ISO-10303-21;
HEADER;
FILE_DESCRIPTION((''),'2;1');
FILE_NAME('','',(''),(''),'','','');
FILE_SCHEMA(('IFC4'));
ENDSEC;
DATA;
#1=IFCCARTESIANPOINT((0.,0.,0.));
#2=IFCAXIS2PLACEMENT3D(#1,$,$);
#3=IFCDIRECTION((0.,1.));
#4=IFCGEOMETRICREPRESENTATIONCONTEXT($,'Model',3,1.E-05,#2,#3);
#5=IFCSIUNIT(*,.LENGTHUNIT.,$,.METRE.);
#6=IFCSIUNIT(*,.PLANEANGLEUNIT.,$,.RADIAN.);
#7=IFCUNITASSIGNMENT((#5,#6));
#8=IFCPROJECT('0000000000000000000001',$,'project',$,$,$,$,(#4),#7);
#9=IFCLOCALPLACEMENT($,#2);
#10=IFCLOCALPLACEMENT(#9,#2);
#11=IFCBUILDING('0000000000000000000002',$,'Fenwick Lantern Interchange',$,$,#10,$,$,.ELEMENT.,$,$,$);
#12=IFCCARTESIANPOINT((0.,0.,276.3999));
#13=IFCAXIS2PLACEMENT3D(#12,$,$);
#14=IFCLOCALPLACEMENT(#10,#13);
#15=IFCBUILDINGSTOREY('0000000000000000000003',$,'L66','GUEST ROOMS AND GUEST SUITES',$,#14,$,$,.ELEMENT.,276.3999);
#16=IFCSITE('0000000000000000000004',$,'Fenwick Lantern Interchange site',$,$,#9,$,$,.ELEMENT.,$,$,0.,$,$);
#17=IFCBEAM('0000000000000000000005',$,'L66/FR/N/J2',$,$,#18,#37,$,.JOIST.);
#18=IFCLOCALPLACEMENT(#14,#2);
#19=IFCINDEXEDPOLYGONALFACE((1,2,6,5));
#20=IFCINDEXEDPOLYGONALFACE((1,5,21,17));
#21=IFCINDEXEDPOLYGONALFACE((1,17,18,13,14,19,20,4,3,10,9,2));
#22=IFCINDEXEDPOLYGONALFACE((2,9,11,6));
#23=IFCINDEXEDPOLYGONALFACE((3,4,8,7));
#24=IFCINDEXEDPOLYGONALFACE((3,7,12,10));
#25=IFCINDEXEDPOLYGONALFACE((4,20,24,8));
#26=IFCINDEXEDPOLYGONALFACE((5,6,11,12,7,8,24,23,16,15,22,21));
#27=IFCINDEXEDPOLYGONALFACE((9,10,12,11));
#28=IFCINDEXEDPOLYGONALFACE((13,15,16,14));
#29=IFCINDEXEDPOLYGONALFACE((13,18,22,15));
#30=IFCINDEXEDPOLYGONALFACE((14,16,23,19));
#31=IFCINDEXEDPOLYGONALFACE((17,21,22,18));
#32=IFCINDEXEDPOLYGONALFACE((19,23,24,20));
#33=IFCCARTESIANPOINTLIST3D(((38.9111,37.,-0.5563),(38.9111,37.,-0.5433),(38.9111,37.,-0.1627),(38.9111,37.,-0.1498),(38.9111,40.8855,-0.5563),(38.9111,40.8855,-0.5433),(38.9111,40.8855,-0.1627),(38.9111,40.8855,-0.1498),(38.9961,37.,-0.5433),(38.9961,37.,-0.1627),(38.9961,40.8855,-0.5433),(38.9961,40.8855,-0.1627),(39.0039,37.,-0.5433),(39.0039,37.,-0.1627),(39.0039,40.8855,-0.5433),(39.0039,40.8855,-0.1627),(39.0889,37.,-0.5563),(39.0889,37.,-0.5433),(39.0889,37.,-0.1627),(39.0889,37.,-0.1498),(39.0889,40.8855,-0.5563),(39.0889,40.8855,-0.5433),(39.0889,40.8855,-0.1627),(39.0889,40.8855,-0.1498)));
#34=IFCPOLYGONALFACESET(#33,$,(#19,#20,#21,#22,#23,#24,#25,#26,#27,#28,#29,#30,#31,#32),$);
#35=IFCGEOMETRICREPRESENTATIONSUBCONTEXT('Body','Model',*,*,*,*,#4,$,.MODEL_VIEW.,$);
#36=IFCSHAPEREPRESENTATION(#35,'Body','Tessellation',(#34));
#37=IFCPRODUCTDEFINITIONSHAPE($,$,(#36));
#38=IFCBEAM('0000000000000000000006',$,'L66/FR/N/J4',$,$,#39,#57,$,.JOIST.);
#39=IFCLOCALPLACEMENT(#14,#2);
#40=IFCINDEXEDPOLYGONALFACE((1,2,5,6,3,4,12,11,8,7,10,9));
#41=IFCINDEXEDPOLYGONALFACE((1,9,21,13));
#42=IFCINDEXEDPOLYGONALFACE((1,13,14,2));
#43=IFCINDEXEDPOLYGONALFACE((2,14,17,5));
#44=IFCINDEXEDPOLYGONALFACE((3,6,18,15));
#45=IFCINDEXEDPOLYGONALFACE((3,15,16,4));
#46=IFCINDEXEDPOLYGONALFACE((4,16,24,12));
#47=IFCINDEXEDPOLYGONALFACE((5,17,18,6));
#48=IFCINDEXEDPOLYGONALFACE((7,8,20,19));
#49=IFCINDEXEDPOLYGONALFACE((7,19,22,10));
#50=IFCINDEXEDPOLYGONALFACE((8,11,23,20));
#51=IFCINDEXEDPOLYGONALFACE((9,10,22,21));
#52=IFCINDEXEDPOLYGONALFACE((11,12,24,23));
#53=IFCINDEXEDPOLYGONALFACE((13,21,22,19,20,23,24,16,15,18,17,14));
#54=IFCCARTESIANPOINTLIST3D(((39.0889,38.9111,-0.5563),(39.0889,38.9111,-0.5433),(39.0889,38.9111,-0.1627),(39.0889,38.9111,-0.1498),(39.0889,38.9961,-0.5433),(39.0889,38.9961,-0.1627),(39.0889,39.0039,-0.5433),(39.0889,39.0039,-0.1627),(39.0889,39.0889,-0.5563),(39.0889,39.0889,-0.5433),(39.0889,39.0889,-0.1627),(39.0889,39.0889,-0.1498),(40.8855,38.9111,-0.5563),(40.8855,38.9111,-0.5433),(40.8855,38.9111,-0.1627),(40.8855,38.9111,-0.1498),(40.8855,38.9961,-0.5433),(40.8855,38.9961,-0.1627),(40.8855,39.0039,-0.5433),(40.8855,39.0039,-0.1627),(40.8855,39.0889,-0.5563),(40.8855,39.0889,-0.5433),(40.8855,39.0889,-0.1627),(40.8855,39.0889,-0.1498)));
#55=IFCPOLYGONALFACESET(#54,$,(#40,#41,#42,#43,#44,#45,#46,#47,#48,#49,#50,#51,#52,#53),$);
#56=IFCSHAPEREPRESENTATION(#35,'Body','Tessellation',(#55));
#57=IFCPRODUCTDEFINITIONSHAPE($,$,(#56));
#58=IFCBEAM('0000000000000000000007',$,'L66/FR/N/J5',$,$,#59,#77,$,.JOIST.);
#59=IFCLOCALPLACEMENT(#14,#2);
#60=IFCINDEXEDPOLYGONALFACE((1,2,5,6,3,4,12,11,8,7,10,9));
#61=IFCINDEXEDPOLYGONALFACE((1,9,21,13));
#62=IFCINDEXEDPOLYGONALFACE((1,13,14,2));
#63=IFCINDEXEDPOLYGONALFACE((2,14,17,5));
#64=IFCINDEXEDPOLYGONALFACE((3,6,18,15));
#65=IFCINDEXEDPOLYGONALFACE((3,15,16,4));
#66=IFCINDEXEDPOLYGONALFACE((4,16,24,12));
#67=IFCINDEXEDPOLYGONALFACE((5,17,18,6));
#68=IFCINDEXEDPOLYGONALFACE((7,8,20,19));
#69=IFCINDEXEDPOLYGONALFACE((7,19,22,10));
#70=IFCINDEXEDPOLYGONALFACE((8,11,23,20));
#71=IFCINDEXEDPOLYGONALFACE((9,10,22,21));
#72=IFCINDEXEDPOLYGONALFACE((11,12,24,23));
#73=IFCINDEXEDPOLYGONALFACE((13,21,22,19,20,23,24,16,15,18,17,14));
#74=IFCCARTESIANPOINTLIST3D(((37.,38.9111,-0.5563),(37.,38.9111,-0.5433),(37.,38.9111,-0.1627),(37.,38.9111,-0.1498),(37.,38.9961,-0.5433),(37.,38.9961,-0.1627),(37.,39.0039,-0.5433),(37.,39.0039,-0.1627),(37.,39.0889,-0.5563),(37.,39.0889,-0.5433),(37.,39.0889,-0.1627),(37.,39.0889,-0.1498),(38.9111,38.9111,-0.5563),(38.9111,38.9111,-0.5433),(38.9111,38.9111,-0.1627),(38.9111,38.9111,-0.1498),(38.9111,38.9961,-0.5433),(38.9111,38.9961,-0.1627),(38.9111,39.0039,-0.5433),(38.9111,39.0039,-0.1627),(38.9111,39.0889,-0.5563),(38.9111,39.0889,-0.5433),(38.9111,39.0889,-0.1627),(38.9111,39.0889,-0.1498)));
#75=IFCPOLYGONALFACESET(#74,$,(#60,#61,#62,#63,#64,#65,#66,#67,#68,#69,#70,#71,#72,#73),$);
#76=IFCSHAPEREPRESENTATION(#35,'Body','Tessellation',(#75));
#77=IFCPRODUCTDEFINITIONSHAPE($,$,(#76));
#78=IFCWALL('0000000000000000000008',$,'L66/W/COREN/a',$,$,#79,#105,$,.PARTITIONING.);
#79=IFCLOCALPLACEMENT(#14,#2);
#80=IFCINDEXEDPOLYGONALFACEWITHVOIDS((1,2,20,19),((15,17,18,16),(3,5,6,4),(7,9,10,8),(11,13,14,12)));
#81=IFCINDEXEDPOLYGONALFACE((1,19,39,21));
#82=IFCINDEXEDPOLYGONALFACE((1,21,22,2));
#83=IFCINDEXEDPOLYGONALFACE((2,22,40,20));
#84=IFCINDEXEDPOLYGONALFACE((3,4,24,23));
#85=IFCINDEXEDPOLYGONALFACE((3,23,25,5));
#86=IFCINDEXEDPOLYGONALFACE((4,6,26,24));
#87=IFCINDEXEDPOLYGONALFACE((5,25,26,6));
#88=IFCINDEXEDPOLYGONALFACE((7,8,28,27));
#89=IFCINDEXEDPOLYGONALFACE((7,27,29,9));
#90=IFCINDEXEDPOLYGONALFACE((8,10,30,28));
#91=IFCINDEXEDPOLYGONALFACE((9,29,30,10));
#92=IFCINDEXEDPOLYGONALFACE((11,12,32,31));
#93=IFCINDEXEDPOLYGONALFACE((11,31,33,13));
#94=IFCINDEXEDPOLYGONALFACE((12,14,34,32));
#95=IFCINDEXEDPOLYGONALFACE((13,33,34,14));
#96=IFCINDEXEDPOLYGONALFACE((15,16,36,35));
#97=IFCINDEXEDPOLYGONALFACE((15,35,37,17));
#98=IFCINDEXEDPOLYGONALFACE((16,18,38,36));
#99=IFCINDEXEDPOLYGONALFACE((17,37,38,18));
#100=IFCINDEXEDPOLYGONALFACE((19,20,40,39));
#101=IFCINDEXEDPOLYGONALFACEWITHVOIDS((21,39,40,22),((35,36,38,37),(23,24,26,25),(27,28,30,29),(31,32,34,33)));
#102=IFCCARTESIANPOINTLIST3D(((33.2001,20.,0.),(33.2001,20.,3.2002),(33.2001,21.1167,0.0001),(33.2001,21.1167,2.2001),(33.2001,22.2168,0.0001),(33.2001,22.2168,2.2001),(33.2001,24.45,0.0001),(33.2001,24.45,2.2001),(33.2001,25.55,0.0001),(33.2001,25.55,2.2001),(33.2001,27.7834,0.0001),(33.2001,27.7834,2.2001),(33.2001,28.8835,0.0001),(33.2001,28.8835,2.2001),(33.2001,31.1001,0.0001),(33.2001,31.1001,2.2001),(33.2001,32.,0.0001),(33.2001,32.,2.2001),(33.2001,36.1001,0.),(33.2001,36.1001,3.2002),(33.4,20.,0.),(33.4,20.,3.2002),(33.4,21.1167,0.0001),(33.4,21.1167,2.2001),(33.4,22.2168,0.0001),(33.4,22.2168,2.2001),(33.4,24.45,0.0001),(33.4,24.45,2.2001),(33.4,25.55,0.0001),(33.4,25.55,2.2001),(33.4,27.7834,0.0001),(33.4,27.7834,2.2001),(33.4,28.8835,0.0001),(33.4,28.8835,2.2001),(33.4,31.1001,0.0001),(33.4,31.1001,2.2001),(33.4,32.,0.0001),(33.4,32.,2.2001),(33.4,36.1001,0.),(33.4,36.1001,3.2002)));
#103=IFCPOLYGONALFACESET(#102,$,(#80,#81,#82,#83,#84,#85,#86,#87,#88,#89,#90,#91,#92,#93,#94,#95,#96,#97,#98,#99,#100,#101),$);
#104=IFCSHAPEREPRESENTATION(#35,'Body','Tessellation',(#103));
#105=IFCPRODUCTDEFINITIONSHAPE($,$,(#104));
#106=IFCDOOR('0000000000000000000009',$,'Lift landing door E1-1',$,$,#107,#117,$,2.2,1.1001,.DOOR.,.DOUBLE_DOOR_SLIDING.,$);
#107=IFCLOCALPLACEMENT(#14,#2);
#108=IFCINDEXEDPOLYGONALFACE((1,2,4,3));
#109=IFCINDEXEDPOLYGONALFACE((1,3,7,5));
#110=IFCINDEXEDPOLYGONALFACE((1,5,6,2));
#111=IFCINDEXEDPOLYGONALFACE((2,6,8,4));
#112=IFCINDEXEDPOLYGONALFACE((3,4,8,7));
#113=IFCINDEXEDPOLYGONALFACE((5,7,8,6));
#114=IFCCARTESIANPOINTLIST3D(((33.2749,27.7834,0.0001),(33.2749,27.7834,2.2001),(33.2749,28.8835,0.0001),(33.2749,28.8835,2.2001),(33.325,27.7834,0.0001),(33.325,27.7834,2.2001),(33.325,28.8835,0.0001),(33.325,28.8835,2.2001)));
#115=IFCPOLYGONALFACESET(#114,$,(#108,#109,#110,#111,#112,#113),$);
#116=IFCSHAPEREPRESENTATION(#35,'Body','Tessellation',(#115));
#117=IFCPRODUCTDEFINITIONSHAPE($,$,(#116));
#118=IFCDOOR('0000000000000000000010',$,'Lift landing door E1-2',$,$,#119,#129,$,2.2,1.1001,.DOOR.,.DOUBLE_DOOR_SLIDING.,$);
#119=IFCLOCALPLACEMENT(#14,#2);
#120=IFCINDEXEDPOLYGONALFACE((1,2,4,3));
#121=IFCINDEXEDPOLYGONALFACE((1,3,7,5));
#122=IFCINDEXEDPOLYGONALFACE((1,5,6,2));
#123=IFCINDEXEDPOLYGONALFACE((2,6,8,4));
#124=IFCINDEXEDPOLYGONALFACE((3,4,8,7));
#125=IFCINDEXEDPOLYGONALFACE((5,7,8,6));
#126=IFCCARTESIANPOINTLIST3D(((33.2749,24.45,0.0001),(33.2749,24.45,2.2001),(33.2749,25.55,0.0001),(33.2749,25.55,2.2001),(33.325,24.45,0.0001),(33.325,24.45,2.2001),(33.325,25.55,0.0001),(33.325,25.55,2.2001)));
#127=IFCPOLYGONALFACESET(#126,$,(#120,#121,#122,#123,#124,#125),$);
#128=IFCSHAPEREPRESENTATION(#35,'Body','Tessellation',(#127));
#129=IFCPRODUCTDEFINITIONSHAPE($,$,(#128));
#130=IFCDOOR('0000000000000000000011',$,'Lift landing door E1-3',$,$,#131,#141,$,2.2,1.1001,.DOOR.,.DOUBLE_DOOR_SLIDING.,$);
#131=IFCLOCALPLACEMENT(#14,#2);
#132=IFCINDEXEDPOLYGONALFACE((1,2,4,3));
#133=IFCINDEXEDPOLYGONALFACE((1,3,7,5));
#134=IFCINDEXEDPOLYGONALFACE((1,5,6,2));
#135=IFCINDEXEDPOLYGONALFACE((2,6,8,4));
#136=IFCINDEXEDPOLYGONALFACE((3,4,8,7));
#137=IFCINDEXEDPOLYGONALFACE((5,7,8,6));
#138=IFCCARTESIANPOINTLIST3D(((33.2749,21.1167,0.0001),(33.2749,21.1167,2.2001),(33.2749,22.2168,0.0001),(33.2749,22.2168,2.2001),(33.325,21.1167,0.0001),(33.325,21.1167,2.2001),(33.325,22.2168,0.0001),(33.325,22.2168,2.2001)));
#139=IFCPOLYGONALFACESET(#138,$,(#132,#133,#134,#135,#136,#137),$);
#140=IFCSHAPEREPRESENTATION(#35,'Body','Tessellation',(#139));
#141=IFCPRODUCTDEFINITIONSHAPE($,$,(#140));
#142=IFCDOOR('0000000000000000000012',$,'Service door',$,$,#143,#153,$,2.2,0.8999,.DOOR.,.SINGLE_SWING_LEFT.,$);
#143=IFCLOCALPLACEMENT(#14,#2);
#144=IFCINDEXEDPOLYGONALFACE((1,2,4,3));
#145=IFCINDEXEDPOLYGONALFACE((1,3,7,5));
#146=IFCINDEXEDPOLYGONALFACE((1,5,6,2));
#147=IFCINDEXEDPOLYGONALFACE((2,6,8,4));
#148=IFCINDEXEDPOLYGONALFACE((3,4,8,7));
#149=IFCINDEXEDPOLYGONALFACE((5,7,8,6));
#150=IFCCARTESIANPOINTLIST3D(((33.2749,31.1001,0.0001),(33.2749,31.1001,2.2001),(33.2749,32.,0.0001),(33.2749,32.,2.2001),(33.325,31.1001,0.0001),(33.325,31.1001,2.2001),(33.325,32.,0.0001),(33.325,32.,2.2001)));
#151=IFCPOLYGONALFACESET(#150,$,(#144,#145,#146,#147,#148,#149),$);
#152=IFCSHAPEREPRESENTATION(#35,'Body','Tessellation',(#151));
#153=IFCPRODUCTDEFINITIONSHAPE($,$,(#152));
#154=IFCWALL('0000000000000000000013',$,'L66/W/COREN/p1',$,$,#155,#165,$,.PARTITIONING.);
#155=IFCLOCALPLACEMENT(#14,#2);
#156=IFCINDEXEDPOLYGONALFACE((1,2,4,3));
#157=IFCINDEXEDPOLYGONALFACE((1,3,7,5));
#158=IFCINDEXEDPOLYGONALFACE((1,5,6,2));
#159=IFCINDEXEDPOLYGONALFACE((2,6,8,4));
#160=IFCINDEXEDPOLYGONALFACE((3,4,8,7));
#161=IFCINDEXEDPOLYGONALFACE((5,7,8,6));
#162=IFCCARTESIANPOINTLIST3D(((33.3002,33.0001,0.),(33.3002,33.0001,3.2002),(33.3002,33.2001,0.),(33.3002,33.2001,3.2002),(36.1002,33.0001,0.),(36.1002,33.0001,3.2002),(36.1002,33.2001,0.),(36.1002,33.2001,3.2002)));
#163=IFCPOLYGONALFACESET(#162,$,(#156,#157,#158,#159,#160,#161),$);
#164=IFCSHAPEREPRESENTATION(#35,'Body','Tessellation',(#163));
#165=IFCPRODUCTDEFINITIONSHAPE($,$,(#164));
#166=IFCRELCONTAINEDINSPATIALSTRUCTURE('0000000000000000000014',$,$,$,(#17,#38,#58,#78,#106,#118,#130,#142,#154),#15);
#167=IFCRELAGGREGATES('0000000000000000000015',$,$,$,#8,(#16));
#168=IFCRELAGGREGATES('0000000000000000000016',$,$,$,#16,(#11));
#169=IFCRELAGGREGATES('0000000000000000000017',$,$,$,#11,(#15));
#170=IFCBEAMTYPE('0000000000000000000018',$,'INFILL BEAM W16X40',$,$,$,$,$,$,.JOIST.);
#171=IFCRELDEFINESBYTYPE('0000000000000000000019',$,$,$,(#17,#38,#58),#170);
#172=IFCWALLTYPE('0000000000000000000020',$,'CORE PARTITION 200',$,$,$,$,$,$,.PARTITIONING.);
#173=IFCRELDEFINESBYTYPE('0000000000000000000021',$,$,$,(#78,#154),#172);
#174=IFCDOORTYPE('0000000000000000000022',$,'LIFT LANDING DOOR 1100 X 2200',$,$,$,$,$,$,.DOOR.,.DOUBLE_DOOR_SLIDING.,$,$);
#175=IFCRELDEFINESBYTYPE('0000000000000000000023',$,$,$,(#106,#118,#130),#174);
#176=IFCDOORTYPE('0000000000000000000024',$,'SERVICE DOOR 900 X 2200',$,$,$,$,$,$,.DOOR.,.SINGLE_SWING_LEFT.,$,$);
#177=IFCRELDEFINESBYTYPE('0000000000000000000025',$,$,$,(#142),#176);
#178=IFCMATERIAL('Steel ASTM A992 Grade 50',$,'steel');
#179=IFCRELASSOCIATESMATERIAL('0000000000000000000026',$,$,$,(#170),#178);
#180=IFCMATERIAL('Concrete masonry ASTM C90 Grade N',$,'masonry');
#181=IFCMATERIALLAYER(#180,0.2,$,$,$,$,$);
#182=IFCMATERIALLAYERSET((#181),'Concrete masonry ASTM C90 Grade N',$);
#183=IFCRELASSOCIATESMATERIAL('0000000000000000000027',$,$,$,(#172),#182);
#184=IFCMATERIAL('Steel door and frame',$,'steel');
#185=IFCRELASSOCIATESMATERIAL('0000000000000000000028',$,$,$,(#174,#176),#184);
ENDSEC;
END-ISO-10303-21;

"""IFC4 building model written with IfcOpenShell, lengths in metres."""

from ifc_helpers import new_model, si_unit, direction, frame, frame_2d, origin, origin_2d, place, context, subcontext, project, spatial, rectangle, i_section, extrude, material, layer, layer_set, material_profile, profile_set, type_object, element, fill, save


model = new_model("IFC4")

# Units and contexts
model_context = context("Model", 3, precision=1e-05, world=origin(), true_north=direction((0.0, 1.0)))
body_context = subcontext(model_context, "Body", "Model", "MODEL_VIEW")
ifc_project = project(units=[si_unit("LENGTHUNIT", "METRE"), si_unit("PLANEANGLEUNIT", "RADIAN")], contexts=[model_context])

# Site, building, storey
site_placement = place(None, origin())
site = spatial("IfcSite", under=ifc_project, at=site_placement, Name="Fenwick Lantern Interchange site", CompositionType="ELEMENT", RefElevation=0.0)
building_placement = place(site_placement, origin())
building = spatial("IfcBuilding", under=site, at=building_placement, Name="Fenwick Lantern Interchange", CompositionType="ELEMENT")
storey_placement = place(building_placement, frame((0.0, 0.0, 276.3999)))
storey = spatial("IfcBuildingStorey", under=building, at=storey_placement, Name="L66", Description="GUEST ROOMS AND GUEST SUITES", CompositionType="ELEMENT", Elevation=276.3999)

# Beams
ifc_material_1 = material(Name="Steel ASTM A992 Grade 50", Category="steel")
ifc_material_profile = material_profile(ifc_material_1, i_section(OverallWidth=0.1777, OverallDepth=0.4065, WebThickness=0.0078, FlangeThickness=0.0129, at=origin_2d()), Name="W16X40")
ifc_profile_set = profile_set([ifc_material_profile], Name="Steel ASTM A992 Grade 50")
beam_type = type_object("IfcBeamType", Name="INFILL BEAM W16X40", PredefinedType="JOIST", material=ifc_profile_set)
beam_1_placement = place(storey_placement, frame((39.0, 40.8855, -0.353), z_axis=(0.0, -1.0, 0.0), x_axis=(1.0, 0.0, 0.0)))
element("IfcBeam", 1, at=beam_1_placement, inside=storey, type_object=beam_type, Name="L66/FR/N/J2", PredefinedType="JOIST", context=body_context, shape_type="SweptSolid", body=[
    extrude(i_section(OverallWidth=0.1777, OverallDepth=0.4065, WebThickness=0.0078, FlangeThickness=0.0129, at=origin_2d()), origin(), (0.0, 0.0, 1.0), 3.8855),
])
beam_2_placement = place(storey_placement, frame((40.8855, 39.0, -0.353), z_axis=(-1.0, 0.0, 0.0), x_axis=(0.0, -1.0, 0.0)))
element("IfcBeam", 2, at=beam_2_placement, inside=storey, type_object=beam_type, Name="L66/FR/N/J4", PredefinedType="JOIST", context=body_context, shape_type="SweptSolid", body=[
    extrude(i_section(OverallWidth=0.1777, OverallDepth=0.4065, WebThickness=0.0078, FlangeThickness=0.0129, at=origin_2d()), origin(), (0.0, 0.0, 1.0), 1.7966),
])
beam_3_placement = place(storey_placement, frame((38.9111, 39.0, -0.353), z_axis=(-1.0, 0.0, 0.0), x_axis=(0.0, -1.0, 0.0)))
element("IfcBeam", 3, at=beam_3_placement, inside=storey, type_object=beam_type, Name="L66/FR/N/J5", PredefinedType="JOIST", context=body_context, shape_type="SweptSolid", body=[
    extrude(i_section(OverallWidth=0.1777, OverallDepth=0.4065, WebThickness=0.0078, FlangeThickness=0.0129, at=origin_2d()), origin(), (0.0, 0.0, 1.0), 1.9111),
])

# Wall, openings, doors
ifc_material_2 = material(Name="Concrete masonry ASTM C90 Grade N", Category="masonry")
ifc_layer_1 = layer(ifc_material_2, 0.2)
ifc_layer_set_1 = layer_set([ifc_layer_1], Name="Concrete masonry ASTM C90 Grade N")
wall_type_1 = type_object("IfcWallType", Name="CORE PARTITION 200", PredefinedType="PARTITIONING", material=ifc_layer_set_1)
wall_1_placement = place(storey_placement, frame((33.3, 36.1001, 0.0), z_axis=(0.0, 0.0, 1.0), x_axis=(0.0, -1.0, 0.0)))
wall_1 = element("IfcWall", 4, at=wall_1_placement, inside=storey, type_object=wall_type_1, Name="L66/W/COREN/a", PredefinedType="PARTITIONING", context=body_context, shape_type="SweptSolid", body=[
    extrude(rectangle(XDim=16.1001, YDim=0.2, at=frame_2d((8.05, 0.0))), origin(), (0.0, 0.0, 1.0), 3.2002),
])
opening_1_placement = place(wall_1_placement, frame((4.1001, 0.0, 0.0)))
opening_1 = element("IfcOpeningElement", 5, at=opening_1_placement, cuts=wall_1, PredefinedType="OPENING", context=body_context, shape_type="SweptSolid", body=[
    extrude(rectangle(XDim=0.8999, YDim=2.2, at=frame_2d((0.45, 1.1001))), frame((0.0, 0.1099, 0.0), z_axis=(0.0, -1.0, 0.0), x_axis=(1.0, 0.0, 0.0)), (0.0, 0.0, 1.0), 0.22),
])
opening_2_placement = place(wall_1_placement, frame((7.2166, 0.0, 0.0)))
opening_2 = element("IfcOpeningElement", 6, at=opening_2_placement, cuts=wall_1, PredefinedType="OPENING", context=body_context, shape_type="SweptSolid", body=[
    extrude(rectangle(XDim=1.1001, YDim=2.2, at=frame_2d((0.55, 1.1001))), frame((0.0, 0.1099, 0.0), z_axis=(0.0, -1.0, 0.0), x_axis=(1.0, 0.0, 0.0)), (0.0, 0.0, 1.0), 0.22),
])
opening_3_placement = place(wall_1_placement, frame((10.55, 0.0, 0.0)))
opening_3 = element("IfcOpeningElement", 7, at=opening_3_placement, cuts=wall_1, PredefinedType="OPENING", context=body_context, shape_type="SweptSolid", body=[
    extrude(rectangle(XDim=1.1001, YDim=2.2, at=frame_2d((0.55, 1.1001))), frame((0.0, 0.1099, 0.0), z_axis=(0.0, -1.0, 0.0), x_axis=(1.0, 0.0, 0.0)), (0.0, 0.0, 1.0), 0.22),
])
opening_4_placement = place(wall_1_placement, frame((13.8833, 0.0, 0.0)))
opening_4 = element("IfcOpeningElement", 8, at=opening_4_placement, cuts=wall_1, PredefinedType="OPENING", context=body_context, shape_type="SweptSolid", body=[
    extrude(rectangle(XDim=1.1001, YDim=2.2, at=frame_2d((0.55, 1.1001))), frame((0.0, 0.1099, 0.0), z_axis=(0.0, -1.0, 0.0), x_axis=(1.0, 0.0, 0.0)), (0.0, 0.0, 1.0), 0.22),
])
ifc_material_3 = material(Name="Steel door and frame", Category="steel")
door_type_1 = type_object("IfcDoorType", Name="LIFT LANDING DOOR 1100 X 2200", OperationType="DOUBLE_DOOR_SLIDING", PredefinedType="DOOR", material=ifc_material_3)
door_1_placement = place(opening_2_placement, origin())
door_1 = element("IfcDoor", 9, at=door_1_placement, inside=storey, type_object=door_type_1, Name="Lift landing door E1-1", OperationType="DOUBLE_DOOR_SLIDING", OverallHeight=2.2, OverallWidth=1.1001, PredefinedType="DOOR", context=body_context, shape_type="SweptSolid", body=[
    extrude(rectangle(XDim=1.1001, YDim=2.2, at=frame_2d((0.55, 1.1001))), frame((0.0, 0.0249, 0.0), z_axis=(0.0, -1.0, 0.0), x_axis=(1.0, 0.0, 0.0)), (0.0, 0.0, 1.0), 0.05),
])
fill(opening_2, door_1)
door_2_placement = place(opening_3_placement, origin())
door_2 = element("IfcDoor", 10, at=door_2_placement, inside=storey, type_object=door_type_1, Name="Lift landing door E1-2", OperationType="DOUBLE_DOOR_SLIDING", OverallHeight=2.2, OverallWidth=1.1001, PredefinedType="DOOR", context=body_context, shape_type="SweptSolid", body=[
    extrude(rectangle(XDim=1.1001, YDim=2.2, at=frame_2d((0.55, 1.1001))), frame((0.0, 0.0249, 0.0), z_axis=(0.0, -1.0, 0.0), x_axis=(1.0, 0.0, 0.0)), (0.0, 0.0, 1.0), 0.05),
])
fill(opening_3, door_2)
door_3_placement = place(opening_4_placement, origin())
door_3 = element("IfcDoor", 11, at=door_3_placement, inside=storey, type_object=door_type_1, Name="Lift landing door E1-3", OperationType="DOUBLE_DOOR_SLIDING", OverallHeight=2.2, OverallWidth=1.1001, PredefinedType="DOOR", context=body_context, shape_type="SweptSolid", body=[
    extrude(rectangle(XDim=1.1001, YDim=2.2, at=frame_2d((0.55, 1.1001))), frame((0.0, 0.0249, 0.0), z_axis=(0.0, -1.0, 0.0), x_axis=(1.0, 0.0, 0.0)), (0.0, 0.0, 1.0), 0.05),
])
fill(opening_4, door_3)
door_type_2 = type_object("IfcDoorType", Name="SERVICE DOOR 900 X 2200", OperationType="SINGLE_SWING_LEFT", PredefinedType="DOOR", material=ifc_material_3)
door_4_placement = place(opening_1_placement, origin())
door_4 = element("IfcDoor", 12, at=door_4_placement, inside=storey, type_object=door_type_2, Name="Service door", OperationType="SINGLE_SWING_LEFT", OverallHeight=2.2, OverallWidth=0.8999, PredefinedType="DOOR", context=body_context, shape_type="SweptSolid", body=[
    extrude(rectangle(XDim=0.8999, YDim=2.2, at=frame_2d((0.45, 1.1001))), frame((0.0, 0.0249, 0.0), z_axis=(0.0, -1.0, 0.0), x_axis=(1.0, 0.0, 0.0)), (0.0, 0.0, 1.0), 0.05),
])
fill(opening_1, door_4)

# Wall
wall_2_placement = place(storey_placement, frame((36.1001, 33.1001, 0.0), z_axis=(0.0, 0.0, 1.0), x_axis=(-1.0, 0.0, 0.0)))
element("IfcWall", 13, at=wall_2_placement, inside=storey, type_object=wall_type_1, Name="L66/W/COREN/p1", PredefinedType="PARTITIONING", context=body_context, shape_type="SweptSolid", body=[
    extrude(rectangle(XDim=2.8, YDim=0.2, at=frame_2d((1.3999, 0.0))), origin(), (0.0, 0.0, 1.0), 3.2002),
])

save(model, "model.ifc")
